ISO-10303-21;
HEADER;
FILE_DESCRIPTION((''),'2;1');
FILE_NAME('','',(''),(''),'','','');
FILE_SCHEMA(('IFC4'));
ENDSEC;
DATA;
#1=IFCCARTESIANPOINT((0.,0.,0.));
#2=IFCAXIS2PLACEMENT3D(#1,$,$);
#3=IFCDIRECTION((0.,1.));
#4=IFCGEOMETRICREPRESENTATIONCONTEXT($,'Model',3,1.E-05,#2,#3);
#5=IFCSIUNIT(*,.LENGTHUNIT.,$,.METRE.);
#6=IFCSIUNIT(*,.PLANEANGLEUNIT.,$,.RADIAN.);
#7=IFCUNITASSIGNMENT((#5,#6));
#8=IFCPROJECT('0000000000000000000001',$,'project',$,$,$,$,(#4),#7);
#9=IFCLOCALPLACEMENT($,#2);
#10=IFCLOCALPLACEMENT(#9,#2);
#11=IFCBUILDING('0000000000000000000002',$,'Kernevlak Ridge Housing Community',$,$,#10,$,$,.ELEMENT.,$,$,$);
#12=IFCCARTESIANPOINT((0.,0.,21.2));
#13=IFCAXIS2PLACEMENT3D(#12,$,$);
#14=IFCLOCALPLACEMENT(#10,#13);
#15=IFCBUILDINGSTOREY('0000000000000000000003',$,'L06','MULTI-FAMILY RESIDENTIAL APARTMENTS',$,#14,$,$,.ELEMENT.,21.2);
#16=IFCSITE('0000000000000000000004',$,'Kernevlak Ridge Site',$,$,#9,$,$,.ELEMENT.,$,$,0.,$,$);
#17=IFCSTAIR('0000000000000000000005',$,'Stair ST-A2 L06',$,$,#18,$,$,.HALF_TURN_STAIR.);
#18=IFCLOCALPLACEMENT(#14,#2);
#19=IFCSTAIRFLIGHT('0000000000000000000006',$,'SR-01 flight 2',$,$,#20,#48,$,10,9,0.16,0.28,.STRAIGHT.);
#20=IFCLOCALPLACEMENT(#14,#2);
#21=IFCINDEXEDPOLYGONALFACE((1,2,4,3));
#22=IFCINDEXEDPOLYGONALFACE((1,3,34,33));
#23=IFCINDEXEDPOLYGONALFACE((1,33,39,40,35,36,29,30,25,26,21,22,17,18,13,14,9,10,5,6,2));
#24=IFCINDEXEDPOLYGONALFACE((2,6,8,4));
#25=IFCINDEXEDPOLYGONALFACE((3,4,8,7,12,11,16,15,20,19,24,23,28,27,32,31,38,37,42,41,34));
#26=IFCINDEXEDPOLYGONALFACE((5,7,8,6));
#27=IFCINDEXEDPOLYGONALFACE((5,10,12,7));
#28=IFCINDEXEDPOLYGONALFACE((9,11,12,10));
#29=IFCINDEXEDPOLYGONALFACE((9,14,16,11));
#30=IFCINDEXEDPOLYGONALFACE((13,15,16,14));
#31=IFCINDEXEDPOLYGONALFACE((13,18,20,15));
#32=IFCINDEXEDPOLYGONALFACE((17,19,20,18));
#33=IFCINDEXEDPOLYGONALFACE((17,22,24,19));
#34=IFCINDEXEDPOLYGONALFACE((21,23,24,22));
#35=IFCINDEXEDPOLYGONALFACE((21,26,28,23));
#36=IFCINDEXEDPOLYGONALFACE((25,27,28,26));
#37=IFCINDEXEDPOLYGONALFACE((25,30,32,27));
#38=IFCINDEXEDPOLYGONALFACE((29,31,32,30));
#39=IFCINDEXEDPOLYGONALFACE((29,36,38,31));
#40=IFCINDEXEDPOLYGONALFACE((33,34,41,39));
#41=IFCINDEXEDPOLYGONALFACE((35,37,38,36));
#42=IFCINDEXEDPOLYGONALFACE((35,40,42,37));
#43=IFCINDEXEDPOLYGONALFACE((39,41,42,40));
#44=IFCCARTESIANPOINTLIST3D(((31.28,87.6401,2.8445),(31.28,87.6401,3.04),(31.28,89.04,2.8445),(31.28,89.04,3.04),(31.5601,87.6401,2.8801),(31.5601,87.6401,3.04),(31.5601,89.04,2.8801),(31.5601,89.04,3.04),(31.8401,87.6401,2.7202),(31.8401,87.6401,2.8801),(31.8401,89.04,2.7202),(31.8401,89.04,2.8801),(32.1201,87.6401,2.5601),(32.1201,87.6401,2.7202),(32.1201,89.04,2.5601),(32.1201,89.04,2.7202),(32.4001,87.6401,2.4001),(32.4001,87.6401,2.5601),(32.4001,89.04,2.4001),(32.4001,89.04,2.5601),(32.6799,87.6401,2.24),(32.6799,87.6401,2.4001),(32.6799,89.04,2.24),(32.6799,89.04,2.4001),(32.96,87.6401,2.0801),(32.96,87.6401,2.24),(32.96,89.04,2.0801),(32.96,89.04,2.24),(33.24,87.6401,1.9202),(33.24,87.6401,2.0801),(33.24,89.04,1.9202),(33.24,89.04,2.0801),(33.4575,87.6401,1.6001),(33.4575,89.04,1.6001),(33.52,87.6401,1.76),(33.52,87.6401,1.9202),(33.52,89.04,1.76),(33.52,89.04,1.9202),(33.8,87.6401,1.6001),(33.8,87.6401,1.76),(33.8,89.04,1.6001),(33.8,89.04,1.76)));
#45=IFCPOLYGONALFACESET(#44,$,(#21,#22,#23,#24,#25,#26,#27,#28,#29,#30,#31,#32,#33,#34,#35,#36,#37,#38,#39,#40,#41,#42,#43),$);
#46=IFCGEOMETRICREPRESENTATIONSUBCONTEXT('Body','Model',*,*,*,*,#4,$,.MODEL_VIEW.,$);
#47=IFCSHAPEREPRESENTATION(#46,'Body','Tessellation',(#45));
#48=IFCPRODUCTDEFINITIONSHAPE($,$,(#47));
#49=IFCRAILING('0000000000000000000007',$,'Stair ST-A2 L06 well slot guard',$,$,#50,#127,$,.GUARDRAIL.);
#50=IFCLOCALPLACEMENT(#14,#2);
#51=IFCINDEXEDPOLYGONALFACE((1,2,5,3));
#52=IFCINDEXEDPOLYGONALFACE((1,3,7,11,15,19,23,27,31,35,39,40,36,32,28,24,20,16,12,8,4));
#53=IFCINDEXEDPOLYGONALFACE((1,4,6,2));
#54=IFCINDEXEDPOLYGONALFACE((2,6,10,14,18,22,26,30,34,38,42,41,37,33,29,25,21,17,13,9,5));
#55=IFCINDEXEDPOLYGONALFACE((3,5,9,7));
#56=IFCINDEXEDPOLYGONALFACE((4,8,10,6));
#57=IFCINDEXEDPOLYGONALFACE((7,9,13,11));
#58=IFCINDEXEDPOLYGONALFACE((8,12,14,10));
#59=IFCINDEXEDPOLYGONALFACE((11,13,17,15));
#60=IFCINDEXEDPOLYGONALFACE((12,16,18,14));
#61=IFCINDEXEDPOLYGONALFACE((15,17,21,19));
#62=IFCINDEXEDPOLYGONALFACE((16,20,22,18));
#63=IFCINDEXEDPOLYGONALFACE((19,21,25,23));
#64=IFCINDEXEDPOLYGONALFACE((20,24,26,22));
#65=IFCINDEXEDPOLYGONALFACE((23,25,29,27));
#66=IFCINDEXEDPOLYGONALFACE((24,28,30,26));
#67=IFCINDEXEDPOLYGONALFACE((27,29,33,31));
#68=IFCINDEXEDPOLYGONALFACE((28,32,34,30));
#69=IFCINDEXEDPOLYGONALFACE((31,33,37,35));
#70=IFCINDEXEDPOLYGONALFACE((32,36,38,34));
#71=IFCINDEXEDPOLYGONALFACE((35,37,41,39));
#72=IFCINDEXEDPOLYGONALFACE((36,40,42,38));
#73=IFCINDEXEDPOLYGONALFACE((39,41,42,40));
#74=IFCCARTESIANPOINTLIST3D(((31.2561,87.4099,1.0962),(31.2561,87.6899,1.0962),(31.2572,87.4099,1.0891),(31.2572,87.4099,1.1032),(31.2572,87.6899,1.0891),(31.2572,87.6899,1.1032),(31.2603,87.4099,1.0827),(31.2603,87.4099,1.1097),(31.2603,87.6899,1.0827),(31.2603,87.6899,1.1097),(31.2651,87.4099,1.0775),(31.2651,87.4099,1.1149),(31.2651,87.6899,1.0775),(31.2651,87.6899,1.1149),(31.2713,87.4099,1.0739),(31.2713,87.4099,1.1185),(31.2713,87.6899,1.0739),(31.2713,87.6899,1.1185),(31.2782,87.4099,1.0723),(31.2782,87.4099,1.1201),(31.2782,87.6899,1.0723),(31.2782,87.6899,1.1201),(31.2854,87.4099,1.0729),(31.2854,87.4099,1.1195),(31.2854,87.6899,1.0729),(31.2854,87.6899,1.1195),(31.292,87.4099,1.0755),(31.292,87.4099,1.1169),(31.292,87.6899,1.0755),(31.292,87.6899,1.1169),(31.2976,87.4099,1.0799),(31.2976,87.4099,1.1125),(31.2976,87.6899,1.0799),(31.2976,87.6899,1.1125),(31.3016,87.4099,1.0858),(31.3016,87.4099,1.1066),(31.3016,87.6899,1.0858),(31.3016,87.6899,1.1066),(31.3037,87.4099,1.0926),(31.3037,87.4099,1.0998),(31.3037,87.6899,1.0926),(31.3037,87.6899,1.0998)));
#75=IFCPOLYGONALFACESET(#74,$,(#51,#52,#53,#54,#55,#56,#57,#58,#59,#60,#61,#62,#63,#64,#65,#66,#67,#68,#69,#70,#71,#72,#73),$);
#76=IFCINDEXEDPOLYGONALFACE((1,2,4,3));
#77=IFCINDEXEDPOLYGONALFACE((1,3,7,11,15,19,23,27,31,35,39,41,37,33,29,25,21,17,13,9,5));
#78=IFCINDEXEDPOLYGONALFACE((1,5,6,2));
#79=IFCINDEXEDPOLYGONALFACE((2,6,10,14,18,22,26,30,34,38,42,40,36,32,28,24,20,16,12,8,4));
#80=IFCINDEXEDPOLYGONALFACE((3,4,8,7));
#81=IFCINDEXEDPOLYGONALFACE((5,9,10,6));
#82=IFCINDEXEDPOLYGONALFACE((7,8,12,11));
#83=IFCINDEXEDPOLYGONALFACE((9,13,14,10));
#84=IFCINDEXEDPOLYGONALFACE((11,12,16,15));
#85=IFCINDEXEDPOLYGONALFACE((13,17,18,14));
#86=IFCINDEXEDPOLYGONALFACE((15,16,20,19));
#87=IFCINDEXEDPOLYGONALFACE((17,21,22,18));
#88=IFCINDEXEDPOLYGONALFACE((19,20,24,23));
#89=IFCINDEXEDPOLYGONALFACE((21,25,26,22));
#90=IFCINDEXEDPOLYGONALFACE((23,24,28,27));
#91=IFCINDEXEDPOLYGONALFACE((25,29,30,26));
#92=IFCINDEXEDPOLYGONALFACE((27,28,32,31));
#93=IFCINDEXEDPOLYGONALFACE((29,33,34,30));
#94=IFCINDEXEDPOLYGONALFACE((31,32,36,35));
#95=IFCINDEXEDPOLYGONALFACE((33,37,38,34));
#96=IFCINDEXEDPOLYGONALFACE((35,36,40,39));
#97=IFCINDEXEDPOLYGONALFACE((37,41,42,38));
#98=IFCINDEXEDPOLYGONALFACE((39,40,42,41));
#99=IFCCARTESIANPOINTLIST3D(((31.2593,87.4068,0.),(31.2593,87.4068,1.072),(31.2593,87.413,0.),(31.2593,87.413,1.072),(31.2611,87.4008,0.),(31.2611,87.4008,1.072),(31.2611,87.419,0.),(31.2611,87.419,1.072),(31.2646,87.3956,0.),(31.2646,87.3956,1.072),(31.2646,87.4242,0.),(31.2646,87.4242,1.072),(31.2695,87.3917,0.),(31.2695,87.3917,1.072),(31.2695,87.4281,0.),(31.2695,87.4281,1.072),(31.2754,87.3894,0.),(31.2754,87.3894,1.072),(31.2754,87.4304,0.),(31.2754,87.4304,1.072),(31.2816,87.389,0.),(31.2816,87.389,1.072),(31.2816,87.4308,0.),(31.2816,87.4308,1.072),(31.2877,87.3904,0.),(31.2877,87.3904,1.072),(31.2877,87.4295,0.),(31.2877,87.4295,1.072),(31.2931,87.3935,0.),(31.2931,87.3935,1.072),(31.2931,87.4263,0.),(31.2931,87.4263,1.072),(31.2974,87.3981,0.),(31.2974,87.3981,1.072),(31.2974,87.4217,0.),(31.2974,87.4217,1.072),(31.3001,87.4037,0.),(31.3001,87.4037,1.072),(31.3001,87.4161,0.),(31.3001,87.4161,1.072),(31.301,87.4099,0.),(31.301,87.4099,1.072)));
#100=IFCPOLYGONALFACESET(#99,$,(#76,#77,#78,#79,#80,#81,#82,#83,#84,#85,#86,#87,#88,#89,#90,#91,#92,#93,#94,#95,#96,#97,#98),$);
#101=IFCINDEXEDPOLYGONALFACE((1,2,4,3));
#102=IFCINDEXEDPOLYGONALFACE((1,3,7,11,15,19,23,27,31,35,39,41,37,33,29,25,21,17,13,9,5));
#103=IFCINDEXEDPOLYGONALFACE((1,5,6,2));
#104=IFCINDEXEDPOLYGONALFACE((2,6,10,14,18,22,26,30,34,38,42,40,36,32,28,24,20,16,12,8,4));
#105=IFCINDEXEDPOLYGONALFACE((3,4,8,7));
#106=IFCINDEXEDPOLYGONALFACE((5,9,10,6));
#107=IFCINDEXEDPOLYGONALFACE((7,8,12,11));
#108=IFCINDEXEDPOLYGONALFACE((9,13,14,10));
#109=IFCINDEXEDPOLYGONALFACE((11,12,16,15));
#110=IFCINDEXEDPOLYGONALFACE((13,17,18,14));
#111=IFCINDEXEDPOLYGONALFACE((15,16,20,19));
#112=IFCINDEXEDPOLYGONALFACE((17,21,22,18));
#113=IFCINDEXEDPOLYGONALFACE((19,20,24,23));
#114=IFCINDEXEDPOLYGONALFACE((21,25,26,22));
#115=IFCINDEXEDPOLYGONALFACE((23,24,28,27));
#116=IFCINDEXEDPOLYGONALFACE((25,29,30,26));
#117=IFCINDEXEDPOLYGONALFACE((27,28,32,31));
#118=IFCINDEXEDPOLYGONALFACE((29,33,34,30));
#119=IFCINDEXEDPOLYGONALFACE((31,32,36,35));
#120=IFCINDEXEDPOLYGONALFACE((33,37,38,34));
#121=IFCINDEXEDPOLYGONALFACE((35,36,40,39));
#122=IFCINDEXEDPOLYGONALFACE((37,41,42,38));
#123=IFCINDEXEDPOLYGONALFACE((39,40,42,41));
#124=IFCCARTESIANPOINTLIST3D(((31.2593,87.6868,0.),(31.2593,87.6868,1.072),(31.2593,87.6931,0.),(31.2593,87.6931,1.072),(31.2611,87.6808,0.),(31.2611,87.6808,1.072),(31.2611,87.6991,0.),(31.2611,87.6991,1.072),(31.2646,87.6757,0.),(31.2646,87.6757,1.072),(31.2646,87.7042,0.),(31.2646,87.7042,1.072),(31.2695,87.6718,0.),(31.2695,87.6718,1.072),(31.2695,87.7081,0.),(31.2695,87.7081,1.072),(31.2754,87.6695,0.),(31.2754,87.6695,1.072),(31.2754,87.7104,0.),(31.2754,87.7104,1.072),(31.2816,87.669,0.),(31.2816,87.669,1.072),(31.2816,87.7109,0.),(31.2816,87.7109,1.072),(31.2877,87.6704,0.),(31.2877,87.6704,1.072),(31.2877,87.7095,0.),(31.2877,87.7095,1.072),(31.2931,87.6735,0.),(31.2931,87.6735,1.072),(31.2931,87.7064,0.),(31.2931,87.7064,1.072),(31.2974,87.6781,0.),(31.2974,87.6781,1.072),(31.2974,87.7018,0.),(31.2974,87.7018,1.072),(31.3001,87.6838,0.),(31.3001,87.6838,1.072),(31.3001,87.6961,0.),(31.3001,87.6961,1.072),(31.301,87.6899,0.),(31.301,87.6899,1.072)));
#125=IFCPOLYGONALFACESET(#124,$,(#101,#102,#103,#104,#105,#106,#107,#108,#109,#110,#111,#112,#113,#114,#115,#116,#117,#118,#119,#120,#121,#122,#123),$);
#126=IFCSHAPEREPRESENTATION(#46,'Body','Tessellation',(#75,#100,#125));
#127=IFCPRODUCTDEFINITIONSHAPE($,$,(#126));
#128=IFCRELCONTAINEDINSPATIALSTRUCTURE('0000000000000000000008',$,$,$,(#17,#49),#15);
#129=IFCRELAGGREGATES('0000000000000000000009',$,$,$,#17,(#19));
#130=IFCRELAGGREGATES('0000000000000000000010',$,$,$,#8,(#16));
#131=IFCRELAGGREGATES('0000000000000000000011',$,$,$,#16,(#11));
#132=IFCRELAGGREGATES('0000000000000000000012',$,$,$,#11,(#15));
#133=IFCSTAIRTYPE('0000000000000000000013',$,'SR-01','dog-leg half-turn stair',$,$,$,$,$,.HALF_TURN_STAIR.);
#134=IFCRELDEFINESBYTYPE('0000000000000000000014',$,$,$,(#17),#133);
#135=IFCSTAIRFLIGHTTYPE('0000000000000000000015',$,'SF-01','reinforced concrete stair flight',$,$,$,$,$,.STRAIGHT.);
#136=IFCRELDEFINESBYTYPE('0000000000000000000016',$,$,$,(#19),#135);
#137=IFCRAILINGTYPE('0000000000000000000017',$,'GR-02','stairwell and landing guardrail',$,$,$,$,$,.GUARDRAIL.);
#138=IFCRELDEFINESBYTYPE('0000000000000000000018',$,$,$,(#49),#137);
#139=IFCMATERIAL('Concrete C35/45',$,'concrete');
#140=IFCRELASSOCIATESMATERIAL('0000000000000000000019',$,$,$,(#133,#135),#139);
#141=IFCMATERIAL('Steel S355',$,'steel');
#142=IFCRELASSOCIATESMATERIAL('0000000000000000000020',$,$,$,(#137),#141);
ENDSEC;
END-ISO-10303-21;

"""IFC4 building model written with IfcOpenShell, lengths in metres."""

from ifc_helpers import new_model, si_unit, direction, frame, origin, origin_2d, place, context, subcontext, project, spatial, polyline, circle, outline, extrude, material, type_object, element, aggregate, save


model = new_model("IFC4")

# Units and contexts
model_context = context("Model", 3, precision=1e-05, world=origin(), true_north=direction((0.0, 1.0)))
body_context = subcontext(model_context, "Body", "Model", "MODEL_VIEW")
ifc_project = project(units=[si_unit("LENGTHUNIT", "METRE"), si_unit("PLANEANGLEUNIT", "RADIAN")], contexts=[model_context])

# Site, building, storey
site_placement = place(None, origin())
site = spatial("IfcSite", under=ifc_project, at=site_placement, Name="Kernevlak Ridge Site", CompositionType="ELEMENT", RefElevation=0.0)
building_placement = place(site_placement, origin())
building = spatial("IfcBuilding", under=site, at=building_placement, Name="Kernevlak Ridge Housing Community", CompositionType="ELEMENT")
storey_placement = place(building_placement, frame((0.0, 0.0, 21.2)))
storey = spatial("IfcBuildingStorey", under=building, at=storey_placement, Name="L06", Description="MULTI-FAMILY RESIDENTIAL APARTMENTS", CompositionType="ELEMENT", Elevation=21.2)

# Shared definitions
ifc_material_1 = material(Name="Concrete C35/45", Category="concrete")

# Stair, stair flight
stair_type = type_object("IfcStairType", Name="SR-01", Description="dog-leg half-turn stair", PredefinedType="HALF_TURN_STAIR", material=ifc_material_1)
stair_placement = place(storey_placement, origin())
stair = element("IfcStair", 1, at=stair_placement, inside=storey, type_object=stair_type, Name="Stair ST-A2 L06", PredefinedType="HALF_TURN_STAIR")
stair_flight_type = type_object("IfcStairFlightType", Name="SF-01", Description="reinforced concrete stair flight", PredefinedType="STRAIGHT", material=ifc_material_1)
stair_flight_1_placement = place(storey_placement, frame((33.8, 88.3401, 1.6001), z_axis=(0.0, 0.0, 1.0), x_axis=(-1.0, 0.0, 0.0)))
stair_flight_1 = element("IfcStairFlight", 2, at=stair_flight_1_placement, type_object=stair_flight_type, Name="SR-01 flight 2", NumberOfRisers=10, NumberOfTreads=9, PredefinedType="STRAIGHT", RiserHeight=0.16, TreadLength=0.28, context=body_context, shape_type="SweptSolid", body=[
    extrude(outline(polyline([(0.0, 0.0), (0.0, 0.1599), (0.28, 0.1599), (0.28, 0.3201), (0.5601, 0.3201), (0.5601, 0.48), (0.8401, 0.48), (0.8401, 0.6399), (1.1201, 0.6399), (1.1201, 0.8), (1.3999, 0.8), (1.3999, 0.96), (1.6799, 0.96), (1.6799, 1.1201), (1.96, 1.1201), (1.96, 1.28), (2.24, 1.28), (2.24, 1.4399), (2.52, 1.4399), (2.52, 1.6001), (2.52, 1.2444), (0.3425, 0.0), (0.0, 0.0)])), frame((0.0, 0.7, 0.0), z_axis=(0.0, -1.0, 0.0), x_axis=(1.0, 0.0, 0.0)), (0.0, 0.0, 1.0), 1.3999),
])
aggregate(stair, [stair_flight_1])

# Railing
ifc_material_2 = material(Name="Steel S355", Category="steel")
railing_type_1 = type_object("IfcRailingType", Name="GR-02", Description="stairwell and landing guardrail", PredefinedType="GUARDRAIL", material=ifc_material_2)
railing_1_placement = place(storey_placement, frame((31.28, 87.4099, 0.0)))
element("IfcRailing", 3, at=railing_1_placement, inside=storey, type_object=railing_type_1, Name="Stair ST-A2 L06 well slot guard", PredefinedType="GUARDRAIL", context=body_context, shape_type="SweptSolid", body=[
    extrude(circle(Radius=0.0239, at=origin_2d()), frame((0.0, 0.0, 1.0962), z_axis=(0.0, 1.0, 0.0), x_axis=(-1.0, 0.0, 0.0)), (0.0, 0.0, 1.0), 0.28),
    extrude(circle(Radius=0.021, at=origin_2d()), origin(), (0.0, 0.0, 1.0), 1.072),
    extrude(circle(Radius=0.021, at=origin_2d()), frame((0.0, 0.28, 0.0)), (0.0, 0.0, 1.0), 1.072),
])

save(model, "model.ifc")
